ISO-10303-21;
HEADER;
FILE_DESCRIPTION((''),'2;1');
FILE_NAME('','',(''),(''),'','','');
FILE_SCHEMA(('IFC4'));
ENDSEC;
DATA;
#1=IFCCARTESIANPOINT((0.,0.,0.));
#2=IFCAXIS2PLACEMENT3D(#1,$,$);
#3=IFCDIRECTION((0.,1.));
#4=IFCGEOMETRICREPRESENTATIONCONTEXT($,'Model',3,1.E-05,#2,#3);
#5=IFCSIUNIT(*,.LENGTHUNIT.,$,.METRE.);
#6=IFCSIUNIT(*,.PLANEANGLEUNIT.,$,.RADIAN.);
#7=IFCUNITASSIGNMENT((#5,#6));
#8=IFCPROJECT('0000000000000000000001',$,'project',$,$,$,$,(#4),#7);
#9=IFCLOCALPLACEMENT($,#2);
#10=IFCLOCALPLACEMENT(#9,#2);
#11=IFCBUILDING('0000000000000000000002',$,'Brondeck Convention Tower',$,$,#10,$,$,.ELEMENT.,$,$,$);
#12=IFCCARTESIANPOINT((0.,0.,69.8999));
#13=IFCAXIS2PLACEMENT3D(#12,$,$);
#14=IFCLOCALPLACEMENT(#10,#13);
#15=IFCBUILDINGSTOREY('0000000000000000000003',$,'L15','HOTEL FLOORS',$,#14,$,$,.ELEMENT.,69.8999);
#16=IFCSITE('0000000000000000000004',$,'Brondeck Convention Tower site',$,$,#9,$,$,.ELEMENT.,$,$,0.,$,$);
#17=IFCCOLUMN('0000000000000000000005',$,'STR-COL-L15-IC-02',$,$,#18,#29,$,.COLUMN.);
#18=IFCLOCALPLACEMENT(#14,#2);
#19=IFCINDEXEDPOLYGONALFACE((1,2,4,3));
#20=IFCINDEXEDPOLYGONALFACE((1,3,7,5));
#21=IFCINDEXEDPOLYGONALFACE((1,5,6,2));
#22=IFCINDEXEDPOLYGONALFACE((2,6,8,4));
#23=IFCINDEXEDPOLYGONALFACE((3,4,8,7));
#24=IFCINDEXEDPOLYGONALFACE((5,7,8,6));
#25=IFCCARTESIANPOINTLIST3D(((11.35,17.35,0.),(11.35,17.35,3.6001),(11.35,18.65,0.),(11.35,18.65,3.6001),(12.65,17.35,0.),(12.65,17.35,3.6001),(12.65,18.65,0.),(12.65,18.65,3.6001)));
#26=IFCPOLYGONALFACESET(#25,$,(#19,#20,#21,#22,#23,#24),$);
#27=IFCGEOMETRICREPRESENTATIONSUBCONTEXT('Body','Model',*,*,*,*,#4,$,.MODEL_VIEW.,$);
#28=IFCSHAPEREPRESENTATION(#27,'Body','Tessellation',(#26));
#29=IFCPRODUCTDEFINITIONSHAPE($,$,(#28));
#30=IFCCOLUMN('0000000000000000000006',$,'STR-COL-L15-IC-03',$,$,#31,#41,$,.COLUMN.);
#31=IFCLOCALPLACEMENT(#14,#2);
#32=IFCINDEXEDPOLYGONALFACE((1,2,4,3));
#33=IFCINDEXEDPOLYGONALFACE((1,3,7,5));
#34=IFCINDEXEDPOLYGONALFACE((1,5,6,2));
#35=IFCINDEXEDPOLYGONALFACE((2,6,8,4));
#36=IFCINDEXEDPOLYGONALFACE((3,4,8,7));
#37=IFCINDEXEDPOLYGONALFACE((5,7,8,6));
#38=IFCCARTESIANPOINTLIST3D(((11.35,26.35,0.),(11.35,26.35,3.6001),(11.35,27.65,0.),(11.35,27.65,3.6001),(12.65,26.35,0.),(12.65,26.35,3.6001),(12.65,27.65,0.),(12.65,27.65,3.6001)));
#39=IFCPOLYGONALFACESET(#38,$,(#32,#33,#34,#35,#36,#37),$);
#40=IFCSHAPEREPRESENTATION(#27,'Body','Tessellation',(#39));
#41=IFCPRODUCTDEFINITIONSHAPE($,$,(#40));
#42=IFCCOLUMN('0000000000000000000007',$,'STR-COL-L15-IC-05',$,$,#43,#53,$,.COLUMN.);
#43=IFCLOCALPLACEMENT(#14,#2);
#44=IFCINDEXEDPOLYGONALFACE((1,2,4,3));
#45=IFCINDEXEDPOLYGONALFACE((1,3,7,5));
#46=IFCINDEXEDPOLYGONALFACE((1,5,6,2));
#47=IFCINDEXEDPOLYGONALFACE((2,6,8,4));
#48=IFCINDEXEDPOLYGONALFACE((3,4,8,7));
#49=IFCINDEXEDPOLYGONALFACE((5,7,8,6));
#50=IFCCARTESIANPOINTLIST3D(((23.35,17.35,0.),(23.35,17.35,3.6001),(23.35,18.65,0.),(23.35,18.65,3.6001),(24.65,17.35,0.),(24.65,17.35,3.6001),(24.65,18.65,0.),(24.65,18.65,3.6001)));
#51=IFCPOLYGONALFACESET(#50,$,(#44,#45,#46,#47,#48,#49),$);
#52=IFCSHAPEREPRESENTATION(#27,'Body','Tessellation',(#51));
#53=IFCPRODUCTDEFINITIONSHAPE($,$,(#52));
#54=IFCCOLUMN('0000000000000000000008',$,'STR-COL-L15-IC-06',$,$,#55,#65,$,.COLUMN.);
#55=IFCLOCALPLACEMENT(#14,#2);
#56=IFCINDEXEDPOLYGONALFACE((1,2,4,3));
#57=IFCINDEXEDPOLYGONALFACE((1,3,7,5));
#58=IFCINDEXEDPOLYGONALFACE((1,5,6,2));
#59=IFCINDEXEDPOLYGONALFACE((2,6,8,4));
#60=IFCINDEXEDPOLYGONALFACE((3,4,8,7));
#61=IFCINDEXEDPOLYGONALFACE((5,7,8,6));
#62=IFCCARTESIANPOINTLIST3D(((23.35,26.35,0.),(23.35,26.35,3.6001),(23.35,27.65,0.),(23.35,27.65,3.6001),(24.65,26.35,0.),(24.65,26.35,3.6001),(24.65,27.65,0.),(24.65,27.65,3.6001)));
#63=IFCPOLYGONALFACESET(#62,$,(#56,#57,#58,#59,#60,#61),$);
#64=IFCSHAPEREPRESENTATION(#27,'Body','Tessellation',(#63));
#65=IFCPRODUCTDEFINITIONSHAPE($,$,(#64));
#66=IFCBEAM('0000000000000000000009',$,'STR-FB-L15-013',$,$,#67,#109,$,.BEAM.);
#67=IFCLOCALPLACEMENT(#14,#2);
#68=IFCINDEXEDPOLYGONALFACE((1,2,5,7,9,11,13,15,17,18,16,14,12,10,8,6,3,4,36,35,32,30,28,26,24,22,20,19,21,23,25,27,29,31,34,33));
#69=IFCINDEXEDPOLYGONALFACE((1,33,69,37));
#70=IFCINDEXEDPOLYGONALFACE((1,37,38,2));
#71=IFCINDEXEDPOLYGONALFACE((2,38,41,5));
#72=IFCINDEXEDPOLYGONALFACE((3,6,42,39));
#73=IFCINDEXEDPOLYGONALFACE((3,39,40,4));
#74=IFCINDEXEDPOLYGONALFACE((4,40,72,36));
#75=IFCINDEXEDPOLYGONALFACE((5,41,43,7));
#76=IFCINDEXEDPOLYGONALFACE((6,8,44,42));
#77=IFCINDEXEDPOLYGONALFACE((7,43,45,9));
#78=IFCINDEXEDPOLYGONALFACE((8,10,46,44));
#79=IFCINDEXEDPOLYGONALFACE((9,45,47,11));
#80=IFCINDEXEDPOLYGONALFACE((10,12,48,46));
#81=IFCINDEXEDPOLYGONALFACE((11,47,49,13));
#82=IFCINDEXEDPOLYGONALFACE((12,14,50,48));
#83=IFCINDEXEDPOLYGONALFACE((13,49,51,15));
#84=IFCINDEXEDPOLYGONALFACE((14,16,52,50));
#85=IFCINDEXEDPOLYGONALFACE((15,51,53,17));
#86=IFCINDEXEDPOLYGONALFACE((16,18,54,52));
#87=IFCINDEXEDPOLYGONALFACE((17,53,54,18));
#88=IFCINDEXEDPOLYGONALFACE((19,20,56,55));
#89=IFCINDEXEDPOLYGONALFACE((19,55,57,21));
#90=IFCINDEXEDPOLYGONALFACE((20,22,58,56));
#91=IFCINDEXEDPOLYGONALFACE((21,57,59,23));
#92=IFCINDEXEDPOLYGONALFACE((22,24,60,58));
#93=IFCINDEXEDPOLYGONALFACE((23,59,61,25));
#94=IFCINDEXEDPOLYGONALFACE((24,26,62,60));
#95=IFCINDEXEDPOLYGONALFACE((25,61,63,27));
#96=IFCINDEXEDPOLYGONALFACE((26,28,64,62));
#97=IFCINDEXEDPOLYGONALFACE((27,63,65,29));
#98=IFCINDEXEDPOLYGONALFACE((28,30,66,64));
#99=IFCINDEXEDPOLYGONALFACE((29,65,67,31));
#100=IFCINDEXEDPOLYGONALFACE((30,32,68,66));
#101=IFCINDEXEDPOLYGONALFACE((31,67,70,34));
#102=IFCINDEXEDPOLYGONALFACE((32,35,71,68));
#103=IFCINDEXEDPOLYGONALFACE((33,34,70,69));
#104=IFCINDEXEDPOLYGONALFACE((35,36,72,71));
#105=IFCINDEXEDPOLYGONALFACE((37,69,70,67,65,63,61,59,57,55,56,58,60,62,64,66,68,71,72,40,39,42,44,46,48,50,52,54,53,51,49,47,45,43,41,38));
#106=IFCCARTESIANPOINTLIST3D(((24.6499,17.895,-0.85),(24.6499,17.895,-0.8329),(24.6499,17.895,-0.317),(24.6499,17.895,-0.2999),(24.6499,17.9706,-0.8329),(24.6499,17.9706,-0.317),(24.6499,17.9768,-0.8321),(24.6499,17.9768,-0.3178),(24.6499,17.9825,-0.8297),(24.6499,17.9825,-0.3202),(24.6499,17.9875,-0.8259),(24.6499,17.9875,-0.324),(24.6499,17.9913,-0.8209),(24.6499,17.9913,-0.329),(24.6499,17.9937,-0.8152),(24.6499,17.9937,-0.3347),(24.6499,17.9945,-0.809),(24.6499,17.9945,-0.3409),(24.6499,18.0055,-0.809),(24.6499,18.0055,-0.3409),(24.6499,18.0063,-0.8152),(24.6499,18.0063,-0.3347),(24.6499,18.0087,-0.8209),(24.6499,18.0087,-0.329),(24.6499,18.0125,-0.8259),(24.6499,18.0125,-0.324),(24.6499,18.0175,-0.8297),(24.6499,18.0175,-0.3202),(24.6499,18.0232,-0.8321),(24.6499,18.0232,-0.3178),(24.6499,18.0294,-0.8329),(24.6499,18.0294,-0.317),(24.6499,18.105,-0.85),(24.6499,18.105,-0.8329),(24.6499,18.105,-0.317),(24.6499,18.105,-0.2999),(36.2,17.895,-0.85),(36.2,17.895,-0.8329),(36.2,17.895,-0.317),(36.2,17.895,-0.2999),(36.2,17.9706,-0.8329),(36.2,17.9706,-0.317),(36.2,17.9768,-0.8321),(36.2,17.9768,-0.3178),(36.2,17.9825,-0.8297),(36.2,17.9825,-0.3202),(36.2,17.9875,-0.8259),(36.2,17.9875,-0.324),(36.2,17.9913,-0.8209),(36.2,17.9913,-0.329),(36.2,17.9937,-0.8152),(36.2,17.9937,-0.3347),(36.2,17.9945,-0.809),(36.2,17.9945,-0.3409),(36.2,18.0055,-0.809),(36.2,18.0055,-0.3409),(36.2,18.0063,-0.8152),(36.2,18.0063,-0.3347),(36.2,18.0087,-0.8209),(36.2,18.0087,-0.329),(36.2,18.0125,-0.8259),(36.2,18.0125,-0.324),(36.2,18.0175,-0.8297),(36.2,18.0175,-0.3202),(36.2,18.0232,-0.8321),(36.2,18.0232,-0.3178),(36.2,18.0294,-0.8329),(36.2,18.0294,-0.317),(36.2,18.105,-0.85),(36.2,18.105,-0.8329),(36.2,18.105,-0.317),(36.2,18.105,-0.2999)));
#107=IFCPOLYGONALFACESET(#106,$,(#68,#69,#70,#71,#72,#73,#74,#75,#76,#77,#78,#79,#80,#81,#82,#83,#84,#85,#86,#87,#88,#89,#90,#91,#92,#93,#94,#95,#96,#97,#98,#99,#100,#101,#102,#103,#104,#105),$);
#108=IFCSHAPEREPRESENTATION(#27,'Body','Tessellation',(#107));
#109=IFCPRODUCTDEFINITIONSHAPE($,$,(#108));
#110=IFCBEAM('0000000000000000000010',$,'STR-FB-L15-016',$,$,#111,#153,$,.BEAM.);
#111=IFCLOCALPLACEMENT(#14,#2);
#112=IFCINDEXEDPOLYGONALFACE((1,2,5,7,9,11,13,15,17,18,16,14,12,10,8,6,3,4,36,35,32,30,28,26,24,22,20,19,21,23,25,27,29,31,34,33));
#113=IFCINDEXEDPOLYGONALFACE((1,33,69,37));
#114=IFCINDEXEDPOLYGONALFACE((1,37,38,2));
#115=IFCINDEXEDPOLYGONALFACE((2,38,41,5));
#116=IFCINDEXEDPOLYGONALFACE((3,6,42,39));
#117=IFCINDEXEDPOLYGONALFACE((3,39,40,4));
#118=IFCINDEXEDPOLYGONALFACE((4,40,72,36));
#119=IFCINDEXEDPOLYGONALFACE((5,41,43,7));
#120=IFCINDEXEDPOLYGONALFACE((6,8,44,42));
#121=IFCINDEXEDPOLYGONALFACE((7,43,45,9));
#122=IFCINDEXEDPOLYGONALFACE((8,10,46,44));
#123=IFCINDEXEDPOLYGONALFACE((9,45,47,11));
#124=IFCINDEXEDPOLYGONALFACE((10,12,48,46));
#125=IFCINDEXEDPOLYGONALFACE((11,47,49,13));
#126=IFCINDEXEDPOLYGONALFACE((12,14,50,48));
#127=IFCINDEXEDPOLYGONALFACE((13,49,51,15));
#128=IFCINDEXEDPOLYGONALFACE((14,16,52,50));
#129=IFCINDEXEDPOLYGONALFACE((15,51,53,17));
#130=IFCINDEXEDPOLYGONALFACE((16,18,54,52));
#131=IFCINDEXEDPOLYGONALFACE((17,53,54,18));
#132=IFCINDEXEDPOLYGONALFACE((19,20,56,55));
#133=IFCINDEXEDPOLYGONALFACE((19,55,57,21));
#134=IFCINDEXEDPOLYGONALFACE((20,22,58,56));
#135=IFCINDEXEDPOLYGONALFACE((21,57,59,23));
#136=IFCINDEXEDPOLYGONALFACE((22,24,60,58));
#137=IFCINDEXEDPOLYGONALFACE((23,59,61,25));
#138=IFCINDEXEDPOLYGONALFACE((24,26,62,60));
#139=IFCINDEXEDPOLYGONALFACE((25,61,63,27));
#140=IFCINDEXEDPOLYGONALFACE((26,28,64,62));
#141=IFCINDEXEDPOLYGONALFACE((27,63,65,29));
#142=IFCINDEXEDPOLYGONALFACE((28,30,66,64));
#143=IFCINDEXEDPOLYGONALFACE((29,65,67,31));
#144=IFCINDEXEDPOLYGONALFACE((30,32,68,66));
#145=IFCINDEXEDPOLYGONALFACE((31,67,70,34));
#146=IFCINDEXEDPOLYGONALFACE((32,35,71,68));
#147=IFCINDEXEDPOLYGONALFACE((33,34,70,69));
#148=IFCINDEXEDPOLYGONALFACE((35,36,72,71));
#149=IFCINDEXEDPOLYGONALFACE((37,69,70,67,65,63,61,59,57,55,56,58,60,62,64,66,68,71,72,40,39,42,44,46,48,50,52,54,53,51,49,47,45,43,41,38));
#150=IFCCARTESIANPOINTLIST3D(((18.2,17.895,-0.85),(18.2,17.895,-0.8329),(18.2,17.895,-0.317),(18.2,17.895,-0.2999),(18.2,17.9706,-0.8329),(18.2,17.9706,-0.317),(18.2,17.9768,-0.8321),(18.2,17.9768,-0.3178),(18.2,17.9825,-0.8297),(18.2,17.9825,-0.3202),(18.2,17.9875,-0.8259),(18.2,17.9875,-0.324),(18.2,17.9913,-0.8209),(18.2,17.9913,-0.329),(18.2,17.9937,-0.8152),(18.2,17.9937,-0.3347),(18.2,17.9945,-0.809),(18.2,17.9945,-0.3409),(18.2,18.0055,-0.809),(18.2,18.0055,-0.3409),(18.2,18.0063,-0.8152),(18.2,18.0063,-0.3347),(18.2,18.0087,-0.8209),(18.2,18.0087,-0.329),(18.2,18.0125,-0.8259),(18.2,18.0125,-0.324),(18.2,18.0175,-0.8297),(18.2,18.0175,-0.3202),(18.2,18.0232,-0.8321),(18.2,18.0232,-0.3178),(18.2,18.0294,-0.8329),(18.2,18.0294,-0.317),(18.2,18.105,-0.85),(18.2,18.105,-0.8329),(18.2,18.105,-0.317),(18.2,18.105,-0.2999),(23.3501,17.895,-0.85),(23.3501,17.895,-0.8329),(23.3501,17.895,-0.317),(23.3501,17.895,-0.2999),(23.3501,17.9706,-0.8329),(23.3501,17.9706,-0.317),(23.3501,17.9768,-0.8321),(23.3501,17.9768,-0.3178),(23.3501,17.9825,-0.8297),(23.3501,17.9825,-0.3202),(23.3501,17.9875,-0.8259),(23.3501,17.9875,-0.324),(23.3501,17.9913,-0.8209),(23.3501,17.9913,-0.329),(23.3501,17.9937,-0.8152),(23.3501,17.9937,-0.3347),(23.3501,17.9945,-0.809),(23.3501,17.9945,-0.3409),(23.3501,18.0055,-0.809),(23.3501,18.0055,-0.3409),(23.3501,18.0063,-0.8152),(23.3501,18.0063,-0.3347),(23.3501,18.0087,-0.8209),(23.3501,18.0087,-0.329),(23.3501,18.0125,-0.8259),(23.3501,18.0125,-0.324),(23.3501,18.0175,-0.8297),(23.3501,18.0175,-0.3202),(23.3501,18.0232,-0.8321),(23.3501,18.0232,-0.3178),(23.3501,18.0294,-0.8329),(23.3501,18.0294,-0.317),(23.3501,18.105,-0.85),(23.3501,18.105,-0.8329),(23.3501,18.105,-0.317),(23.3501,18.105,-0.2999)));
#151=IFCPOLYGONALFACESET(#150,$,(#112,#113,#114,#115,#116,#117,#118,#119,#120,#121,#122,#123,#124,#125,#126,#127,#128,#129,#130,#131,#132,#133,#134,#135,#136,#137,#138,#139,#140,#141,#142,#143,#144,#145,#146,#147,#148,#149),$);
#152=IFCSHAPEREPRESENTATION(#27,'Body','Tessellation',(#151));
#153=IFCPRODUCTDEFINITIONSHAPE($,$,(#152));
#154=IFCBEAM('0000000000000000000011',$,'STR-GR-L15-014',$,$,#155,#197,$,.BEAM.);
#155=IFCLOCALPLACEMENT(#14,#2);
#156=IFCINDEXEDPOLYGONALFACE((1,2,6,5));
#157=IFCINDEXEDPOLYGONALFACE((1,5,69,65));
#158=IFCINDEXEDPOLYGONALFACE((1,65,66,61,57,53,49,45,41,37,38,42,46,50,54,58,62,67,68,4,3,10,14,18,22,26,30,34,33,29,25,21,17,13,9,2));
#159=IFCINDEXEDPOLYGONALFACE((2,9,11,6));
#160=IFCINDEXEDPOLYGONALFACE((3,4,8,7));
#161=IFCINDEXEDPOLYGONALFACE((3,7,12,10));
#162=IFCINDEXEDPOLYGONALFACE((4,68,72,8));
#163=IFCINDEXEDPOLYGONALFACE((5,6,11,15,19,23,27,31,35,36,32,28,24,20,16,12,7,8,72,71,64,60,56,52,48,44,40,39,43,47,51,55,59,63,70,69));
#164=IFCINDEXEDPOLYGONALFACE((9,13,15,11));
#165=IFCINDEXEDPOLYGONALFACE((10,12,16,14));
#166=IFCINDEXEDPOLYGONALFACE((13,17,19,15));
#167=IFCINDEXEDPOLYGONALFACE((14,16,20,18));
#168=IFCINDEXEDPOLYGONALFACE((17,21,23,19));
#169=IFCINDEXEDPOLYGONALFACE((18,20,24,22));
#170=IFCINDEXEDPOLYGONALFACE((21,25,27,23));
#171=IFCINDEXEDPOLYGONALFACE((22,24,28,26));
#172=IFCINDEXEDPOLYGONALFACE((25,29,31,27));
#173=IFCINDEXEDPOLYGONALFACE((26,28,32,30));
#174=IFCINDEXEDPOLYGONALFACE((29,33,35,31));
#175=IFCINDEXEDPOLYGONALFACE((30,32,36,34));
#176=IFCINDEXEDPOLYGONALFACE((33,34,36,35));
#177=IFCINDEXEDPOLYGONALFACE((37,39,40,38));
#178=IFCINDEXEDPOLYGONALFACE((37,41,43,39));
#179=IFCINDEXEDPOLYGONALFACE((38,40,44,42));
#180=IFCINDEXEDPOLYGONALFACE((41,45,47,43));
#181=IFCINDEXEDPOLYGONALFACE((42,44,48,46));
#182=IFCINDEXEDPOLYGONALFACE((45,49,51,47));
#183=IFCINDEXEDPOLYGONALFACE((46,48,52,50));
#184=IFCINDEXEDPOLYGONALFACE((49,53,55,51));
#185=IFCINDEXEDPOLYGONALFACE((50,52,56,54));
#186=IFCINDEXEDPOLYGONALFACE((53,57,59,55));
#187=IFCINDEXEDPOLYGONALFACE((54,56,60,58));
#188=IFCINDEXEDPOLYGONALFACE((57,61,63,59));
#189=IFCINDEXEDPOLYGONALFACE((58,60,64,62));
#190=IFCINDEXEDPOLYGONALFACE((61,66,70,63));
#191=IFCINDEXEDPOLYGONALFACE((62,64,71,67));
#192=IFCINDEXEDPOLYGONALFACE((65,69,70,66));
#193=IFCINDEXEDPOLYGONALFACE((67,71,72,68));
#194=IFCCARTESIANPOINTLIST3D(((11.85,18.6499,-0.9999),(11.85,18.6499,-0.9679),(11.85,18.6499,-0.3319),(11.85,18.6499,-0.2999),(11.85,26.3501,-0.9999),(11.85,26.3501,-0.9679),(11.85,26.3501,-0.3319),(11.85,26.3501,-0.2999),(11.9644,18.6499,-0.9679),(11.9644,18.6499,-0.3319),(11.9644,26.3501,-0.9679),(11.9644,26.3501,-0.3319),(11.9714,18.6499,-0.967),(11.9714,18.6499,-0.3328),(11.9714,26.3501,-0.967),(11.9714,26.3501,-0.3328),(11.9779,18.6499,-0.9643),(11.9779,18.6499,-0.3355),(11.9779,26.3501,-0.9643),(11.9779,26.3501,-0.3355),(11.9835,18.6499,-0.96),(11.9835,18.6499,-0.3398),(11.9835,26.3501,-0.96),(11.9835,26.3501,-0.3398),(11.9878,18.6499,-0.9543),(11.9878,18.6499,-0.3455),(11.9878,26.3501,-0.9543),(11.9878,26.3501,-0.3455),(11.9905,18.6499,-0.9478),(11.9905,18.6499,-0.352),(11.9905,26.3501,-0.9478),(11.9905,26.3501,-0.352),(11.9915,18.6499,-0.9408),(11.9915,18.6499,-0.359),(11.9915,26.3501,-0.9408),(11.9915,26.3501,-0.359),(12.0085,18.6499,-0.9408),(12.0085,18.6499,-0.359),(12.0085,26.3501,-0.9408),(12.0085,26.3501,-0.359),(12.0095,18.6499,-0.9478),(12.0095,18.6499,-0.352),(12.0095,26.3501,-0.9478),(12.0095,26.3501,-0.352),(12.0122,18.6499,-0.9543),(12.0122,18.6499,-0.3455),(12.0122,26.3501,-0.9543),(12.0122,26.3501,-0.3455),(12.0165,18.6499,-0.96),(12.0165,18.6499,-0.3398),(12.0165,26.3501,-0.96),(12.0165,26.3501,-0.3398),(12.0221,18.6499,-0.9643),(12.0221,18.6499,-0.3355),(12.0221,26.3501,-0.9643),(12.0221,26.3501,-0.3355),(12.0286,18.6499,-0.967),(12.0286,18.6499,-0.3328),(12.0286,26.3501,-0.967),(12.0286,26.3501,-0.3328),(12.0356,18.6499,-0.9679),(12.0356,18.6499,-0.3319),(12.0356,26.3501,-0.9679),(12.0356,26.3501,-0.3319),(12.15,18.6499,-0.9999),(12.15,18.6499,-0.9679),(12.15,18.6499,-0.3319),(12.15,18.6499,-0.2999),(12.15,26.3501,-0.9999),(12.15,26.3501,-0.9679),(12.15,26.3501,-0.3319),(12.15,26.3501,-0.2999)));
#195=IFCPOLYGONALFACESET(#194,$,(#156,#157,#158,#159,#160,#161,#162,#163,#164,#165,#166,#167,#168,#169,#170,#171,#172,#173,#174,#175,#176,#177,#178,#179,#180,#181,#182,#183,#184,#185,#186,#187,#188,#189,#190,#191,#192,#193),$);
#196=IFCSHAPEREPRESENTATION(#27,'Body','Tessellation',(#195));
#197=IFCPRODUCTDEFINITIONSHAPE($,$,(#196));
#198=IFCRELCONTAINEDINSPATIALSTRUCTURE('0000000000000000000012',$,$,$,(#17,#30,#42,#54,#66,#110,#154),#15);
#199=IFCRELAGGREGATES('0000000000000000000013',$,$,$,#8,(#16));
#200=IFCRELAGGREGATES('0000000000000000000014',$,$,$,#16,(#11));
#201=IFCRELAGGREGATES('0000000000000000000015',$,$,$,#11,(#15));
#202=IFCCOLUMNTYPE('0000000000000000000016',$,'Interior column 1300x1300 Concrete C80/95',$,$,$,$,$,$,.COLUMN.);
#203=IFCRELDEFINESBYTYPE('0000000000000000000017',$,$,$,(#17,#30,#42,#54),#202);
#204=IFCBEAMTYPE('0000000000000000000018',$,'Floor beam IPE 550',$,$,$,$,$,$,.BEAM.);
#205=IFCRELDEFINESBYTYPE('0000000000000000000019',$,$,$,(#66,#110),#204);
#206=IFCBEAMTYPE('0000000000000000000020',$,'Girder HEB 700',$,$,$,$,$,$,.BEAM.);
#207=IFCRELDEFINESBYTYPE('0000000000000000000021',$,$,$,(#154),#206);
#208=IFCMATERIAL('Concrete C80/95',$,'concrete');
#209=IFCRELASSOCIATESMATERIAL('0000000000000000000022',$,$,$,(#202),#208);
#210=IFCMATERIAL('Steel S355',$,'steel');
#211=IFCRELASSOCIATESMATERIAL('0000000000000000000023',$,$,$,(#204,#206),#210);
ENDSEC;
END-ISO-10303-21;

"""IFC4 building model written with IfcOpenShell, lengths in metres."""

from ifc_helpers import new_model, si_unit, direction, frame, origin, origin_2d, place, context, subcontext, project, spatial, rectangle, i_section, extrude, material, material_profile, profile_set, type_object, element, save


model = new_model("IFC4")

# Units and contexts
model_context = context("Model", 3, precision=1e-05, world=origin(), true_north=direction((0.0, 1.0)))
body_context = subcontext(model_context, "Body", "Model", "MODEL_VIEW")
ifc_project = project(units=[si_unit("LENGTHUNIT", "METRE"), si_unit("PLANEANGLEUNIT", "RADIAN")], contexts=[model_context])

# Site, building, storey
site_placement = place(None, origin())
site = spatial("IfcSite", under=ifc_project, at=site_placement, Name="Brondeck Convention Tower site", CompositionType="ELEMENT", RefElevation=0.0)
building_placement = place(site_placement, origin())
building = spatial("IfcBuilding", under=site, at=building_placement, Name="Brondeck Convention Tower", CompositionType="ELEMENT")
storey_placement = place(building_placement, frame((0.0, 0.0, 69.8999)))
storey = spatial("IfcBuildingStorey", under=building, at=storey_placement, Name="L15", Description="HOTEL FLOORS", CompositionType="ELEMENT", Elevation=69.8999)

# Columns
ifc_material_1 = material(Name="Concrete C80/95", Category="concrete")
ifc_material_profile_1 = material_profile(ifc_material_1, rectangle(XDim=1.3, YDim=1.3, at=origin_2d()), Name="Interior column 1300x1300 Concrete C80/95")
ifc_profile_set_1 = profile_set([ifc_material_profile_1], Name="Concrete C80/95")
column_type = type_object("IfcColumnType", Name="Interior column 1300x1300 Concrete C80/95", PredefinedType="COLUMN", material=ifc_profile_set_1)
for number, where, z_axis, x_axis, name in (
    (1, (12.0, 18.0, 0.0), (0.0, 0.0, 1.0), (1.0, 0.0, 0.0), "STR-COL-L15-IC-02"),
    (2, (12.0, 27.0, 0.0), (0.0, 0.0, 1.0), (1.0, 0.0, 0.0), "STR-COL-L15-IC-03"),
    (3, (24.0, 18.0, 0.0), (0.0, 0.0, 1.0), (1.0, 0.0, 0.0), "STR-COL-L15-IC-05"),
    (4, (24.0, 27.0, 0.0), (0.0, 0.0, 1.0), (1.0, 0.0, 0.0), "STR-COL-L15-IC-06"),
):
    element("IfcColumn", number, at=place(storey_placement, frame(where, z_axis=z_axis, x_axis=x_axis)), inside=storey, type_object=column_type, Name=name, PredefinedType="COLUMN", context=body_context, shape_type="SweptSolid", body=[
        extrude(rectangle(XDim=1.3, YDim=1.3, at=origin_2d()), origin(), (0.0, 0.0, 1.0), 3.6001),
    ])

# Beams
ifc_material_2 = material(Name="Steel S355", Category="steel")
ifc_material_profile_2 = material_profile(ifc_material_2, i_section(OverallWidth=0.21, OverallDepth=0.55, WebThickness=0.011, FlangeThickness=0.0171, FilletRadius=0.0239, at=origin_2d()), Name="IPE 550")
ifc_profile_set_2 = profile_set([ifc_material_profile_2], Name="Steel S355")
beam_type_1 = type_object("IfcBeamType", Name="Floor beam IPE 550", PredefinedType="BEAM", material=ifc_profile_set_2)
beam_1_placement = place(storey_placement, frame((24.6499, 18.0, -0.575), z_axis=(1.0, 0.0, 0.0), x_axis=(0.0, 1.0, 0.0)))
element("IfcBeam", 5, at=beam_1_placement, inside=storey, type_object=beam_type_1, Name="STR-FB-L15-013", PredefinedType="BEAM", context=body_context, shape_type="SweptSolid", body=[
    extrude(i_section(OverallWidth=0.21, OverallDepth=0.55, WebThickness=0.011, FlangeThickness=0.0171, FilletRadius=0.0239, at=origin_2d()), origin(), (0.0, 0.0, 1.0), 11.55),
])
beam_2_placement = place(storey_placement, frame((18.2, 18.0, -0.575), z_axis=(1.0, 0.0, 0.0), x_axis=(0.0, 1.0, 0.0)))
element("IfcBeam", 6, at=beam_2_placement, inside=storey, type_object=beam_type_1, Name="STR-FB-L15-016", PredefinedType="BEAM", context=body_context, shape_type="SweptSolid", body=[
    extrude(i_section(OverallWidth=0.21, OverallDepth=0.55, WebThickness=0.011, FlangeThickness=0.0171, FilletRadius=0.0239, at=origin_2d()), origin(), (0.0, 0.0, 1.0), 5.1501),
])
ifc_material_profile_3 = material_profile(ifc_material_2, i_section(OverallWidth=0.3, OverallDepth=0.7, WebThickness=0.0171, FlangeThickness=0.032, FilletRadius=0.0271, at=origin_2d()), Name="HEB 700")
ifc_profile_set_3 = profile_set([ifc_material_profile_3], Name="Steel S355")
beam_type_2 = type_object("IfcBeamType", Name="Girder HEB 700", PredefinedType="BEAM", material=ifc_profile_set_3)
for number, where, z_axis, x_axis, name in (
    (7, (12.0, 26.3501, -0.6499), (0.0, -1.0, 0.0), (1.0, 0.0, 0.0), "STR-GR-L15-014"),
):
    element("IfcBeam", number, at=place(storey_placement, frame(where, z_axis=z_axis, x_axis=x_axis)), inside=storey, type_object=beam_type_2, Name=name, PredefinedType="BEAM", context=body_context, shape_type="SweptSolid", body=[
        extrude(i_section(OverallWidth=0.3, OverallDepth=0.7, WebThickness=0.0171, FlangeThickness=0.032, FilletRadius=0.0271, at=origin_2d()), origin(), (0.0, 0.0, 1.0), 7.7002),
    ])

save(model, "model.ifc")
